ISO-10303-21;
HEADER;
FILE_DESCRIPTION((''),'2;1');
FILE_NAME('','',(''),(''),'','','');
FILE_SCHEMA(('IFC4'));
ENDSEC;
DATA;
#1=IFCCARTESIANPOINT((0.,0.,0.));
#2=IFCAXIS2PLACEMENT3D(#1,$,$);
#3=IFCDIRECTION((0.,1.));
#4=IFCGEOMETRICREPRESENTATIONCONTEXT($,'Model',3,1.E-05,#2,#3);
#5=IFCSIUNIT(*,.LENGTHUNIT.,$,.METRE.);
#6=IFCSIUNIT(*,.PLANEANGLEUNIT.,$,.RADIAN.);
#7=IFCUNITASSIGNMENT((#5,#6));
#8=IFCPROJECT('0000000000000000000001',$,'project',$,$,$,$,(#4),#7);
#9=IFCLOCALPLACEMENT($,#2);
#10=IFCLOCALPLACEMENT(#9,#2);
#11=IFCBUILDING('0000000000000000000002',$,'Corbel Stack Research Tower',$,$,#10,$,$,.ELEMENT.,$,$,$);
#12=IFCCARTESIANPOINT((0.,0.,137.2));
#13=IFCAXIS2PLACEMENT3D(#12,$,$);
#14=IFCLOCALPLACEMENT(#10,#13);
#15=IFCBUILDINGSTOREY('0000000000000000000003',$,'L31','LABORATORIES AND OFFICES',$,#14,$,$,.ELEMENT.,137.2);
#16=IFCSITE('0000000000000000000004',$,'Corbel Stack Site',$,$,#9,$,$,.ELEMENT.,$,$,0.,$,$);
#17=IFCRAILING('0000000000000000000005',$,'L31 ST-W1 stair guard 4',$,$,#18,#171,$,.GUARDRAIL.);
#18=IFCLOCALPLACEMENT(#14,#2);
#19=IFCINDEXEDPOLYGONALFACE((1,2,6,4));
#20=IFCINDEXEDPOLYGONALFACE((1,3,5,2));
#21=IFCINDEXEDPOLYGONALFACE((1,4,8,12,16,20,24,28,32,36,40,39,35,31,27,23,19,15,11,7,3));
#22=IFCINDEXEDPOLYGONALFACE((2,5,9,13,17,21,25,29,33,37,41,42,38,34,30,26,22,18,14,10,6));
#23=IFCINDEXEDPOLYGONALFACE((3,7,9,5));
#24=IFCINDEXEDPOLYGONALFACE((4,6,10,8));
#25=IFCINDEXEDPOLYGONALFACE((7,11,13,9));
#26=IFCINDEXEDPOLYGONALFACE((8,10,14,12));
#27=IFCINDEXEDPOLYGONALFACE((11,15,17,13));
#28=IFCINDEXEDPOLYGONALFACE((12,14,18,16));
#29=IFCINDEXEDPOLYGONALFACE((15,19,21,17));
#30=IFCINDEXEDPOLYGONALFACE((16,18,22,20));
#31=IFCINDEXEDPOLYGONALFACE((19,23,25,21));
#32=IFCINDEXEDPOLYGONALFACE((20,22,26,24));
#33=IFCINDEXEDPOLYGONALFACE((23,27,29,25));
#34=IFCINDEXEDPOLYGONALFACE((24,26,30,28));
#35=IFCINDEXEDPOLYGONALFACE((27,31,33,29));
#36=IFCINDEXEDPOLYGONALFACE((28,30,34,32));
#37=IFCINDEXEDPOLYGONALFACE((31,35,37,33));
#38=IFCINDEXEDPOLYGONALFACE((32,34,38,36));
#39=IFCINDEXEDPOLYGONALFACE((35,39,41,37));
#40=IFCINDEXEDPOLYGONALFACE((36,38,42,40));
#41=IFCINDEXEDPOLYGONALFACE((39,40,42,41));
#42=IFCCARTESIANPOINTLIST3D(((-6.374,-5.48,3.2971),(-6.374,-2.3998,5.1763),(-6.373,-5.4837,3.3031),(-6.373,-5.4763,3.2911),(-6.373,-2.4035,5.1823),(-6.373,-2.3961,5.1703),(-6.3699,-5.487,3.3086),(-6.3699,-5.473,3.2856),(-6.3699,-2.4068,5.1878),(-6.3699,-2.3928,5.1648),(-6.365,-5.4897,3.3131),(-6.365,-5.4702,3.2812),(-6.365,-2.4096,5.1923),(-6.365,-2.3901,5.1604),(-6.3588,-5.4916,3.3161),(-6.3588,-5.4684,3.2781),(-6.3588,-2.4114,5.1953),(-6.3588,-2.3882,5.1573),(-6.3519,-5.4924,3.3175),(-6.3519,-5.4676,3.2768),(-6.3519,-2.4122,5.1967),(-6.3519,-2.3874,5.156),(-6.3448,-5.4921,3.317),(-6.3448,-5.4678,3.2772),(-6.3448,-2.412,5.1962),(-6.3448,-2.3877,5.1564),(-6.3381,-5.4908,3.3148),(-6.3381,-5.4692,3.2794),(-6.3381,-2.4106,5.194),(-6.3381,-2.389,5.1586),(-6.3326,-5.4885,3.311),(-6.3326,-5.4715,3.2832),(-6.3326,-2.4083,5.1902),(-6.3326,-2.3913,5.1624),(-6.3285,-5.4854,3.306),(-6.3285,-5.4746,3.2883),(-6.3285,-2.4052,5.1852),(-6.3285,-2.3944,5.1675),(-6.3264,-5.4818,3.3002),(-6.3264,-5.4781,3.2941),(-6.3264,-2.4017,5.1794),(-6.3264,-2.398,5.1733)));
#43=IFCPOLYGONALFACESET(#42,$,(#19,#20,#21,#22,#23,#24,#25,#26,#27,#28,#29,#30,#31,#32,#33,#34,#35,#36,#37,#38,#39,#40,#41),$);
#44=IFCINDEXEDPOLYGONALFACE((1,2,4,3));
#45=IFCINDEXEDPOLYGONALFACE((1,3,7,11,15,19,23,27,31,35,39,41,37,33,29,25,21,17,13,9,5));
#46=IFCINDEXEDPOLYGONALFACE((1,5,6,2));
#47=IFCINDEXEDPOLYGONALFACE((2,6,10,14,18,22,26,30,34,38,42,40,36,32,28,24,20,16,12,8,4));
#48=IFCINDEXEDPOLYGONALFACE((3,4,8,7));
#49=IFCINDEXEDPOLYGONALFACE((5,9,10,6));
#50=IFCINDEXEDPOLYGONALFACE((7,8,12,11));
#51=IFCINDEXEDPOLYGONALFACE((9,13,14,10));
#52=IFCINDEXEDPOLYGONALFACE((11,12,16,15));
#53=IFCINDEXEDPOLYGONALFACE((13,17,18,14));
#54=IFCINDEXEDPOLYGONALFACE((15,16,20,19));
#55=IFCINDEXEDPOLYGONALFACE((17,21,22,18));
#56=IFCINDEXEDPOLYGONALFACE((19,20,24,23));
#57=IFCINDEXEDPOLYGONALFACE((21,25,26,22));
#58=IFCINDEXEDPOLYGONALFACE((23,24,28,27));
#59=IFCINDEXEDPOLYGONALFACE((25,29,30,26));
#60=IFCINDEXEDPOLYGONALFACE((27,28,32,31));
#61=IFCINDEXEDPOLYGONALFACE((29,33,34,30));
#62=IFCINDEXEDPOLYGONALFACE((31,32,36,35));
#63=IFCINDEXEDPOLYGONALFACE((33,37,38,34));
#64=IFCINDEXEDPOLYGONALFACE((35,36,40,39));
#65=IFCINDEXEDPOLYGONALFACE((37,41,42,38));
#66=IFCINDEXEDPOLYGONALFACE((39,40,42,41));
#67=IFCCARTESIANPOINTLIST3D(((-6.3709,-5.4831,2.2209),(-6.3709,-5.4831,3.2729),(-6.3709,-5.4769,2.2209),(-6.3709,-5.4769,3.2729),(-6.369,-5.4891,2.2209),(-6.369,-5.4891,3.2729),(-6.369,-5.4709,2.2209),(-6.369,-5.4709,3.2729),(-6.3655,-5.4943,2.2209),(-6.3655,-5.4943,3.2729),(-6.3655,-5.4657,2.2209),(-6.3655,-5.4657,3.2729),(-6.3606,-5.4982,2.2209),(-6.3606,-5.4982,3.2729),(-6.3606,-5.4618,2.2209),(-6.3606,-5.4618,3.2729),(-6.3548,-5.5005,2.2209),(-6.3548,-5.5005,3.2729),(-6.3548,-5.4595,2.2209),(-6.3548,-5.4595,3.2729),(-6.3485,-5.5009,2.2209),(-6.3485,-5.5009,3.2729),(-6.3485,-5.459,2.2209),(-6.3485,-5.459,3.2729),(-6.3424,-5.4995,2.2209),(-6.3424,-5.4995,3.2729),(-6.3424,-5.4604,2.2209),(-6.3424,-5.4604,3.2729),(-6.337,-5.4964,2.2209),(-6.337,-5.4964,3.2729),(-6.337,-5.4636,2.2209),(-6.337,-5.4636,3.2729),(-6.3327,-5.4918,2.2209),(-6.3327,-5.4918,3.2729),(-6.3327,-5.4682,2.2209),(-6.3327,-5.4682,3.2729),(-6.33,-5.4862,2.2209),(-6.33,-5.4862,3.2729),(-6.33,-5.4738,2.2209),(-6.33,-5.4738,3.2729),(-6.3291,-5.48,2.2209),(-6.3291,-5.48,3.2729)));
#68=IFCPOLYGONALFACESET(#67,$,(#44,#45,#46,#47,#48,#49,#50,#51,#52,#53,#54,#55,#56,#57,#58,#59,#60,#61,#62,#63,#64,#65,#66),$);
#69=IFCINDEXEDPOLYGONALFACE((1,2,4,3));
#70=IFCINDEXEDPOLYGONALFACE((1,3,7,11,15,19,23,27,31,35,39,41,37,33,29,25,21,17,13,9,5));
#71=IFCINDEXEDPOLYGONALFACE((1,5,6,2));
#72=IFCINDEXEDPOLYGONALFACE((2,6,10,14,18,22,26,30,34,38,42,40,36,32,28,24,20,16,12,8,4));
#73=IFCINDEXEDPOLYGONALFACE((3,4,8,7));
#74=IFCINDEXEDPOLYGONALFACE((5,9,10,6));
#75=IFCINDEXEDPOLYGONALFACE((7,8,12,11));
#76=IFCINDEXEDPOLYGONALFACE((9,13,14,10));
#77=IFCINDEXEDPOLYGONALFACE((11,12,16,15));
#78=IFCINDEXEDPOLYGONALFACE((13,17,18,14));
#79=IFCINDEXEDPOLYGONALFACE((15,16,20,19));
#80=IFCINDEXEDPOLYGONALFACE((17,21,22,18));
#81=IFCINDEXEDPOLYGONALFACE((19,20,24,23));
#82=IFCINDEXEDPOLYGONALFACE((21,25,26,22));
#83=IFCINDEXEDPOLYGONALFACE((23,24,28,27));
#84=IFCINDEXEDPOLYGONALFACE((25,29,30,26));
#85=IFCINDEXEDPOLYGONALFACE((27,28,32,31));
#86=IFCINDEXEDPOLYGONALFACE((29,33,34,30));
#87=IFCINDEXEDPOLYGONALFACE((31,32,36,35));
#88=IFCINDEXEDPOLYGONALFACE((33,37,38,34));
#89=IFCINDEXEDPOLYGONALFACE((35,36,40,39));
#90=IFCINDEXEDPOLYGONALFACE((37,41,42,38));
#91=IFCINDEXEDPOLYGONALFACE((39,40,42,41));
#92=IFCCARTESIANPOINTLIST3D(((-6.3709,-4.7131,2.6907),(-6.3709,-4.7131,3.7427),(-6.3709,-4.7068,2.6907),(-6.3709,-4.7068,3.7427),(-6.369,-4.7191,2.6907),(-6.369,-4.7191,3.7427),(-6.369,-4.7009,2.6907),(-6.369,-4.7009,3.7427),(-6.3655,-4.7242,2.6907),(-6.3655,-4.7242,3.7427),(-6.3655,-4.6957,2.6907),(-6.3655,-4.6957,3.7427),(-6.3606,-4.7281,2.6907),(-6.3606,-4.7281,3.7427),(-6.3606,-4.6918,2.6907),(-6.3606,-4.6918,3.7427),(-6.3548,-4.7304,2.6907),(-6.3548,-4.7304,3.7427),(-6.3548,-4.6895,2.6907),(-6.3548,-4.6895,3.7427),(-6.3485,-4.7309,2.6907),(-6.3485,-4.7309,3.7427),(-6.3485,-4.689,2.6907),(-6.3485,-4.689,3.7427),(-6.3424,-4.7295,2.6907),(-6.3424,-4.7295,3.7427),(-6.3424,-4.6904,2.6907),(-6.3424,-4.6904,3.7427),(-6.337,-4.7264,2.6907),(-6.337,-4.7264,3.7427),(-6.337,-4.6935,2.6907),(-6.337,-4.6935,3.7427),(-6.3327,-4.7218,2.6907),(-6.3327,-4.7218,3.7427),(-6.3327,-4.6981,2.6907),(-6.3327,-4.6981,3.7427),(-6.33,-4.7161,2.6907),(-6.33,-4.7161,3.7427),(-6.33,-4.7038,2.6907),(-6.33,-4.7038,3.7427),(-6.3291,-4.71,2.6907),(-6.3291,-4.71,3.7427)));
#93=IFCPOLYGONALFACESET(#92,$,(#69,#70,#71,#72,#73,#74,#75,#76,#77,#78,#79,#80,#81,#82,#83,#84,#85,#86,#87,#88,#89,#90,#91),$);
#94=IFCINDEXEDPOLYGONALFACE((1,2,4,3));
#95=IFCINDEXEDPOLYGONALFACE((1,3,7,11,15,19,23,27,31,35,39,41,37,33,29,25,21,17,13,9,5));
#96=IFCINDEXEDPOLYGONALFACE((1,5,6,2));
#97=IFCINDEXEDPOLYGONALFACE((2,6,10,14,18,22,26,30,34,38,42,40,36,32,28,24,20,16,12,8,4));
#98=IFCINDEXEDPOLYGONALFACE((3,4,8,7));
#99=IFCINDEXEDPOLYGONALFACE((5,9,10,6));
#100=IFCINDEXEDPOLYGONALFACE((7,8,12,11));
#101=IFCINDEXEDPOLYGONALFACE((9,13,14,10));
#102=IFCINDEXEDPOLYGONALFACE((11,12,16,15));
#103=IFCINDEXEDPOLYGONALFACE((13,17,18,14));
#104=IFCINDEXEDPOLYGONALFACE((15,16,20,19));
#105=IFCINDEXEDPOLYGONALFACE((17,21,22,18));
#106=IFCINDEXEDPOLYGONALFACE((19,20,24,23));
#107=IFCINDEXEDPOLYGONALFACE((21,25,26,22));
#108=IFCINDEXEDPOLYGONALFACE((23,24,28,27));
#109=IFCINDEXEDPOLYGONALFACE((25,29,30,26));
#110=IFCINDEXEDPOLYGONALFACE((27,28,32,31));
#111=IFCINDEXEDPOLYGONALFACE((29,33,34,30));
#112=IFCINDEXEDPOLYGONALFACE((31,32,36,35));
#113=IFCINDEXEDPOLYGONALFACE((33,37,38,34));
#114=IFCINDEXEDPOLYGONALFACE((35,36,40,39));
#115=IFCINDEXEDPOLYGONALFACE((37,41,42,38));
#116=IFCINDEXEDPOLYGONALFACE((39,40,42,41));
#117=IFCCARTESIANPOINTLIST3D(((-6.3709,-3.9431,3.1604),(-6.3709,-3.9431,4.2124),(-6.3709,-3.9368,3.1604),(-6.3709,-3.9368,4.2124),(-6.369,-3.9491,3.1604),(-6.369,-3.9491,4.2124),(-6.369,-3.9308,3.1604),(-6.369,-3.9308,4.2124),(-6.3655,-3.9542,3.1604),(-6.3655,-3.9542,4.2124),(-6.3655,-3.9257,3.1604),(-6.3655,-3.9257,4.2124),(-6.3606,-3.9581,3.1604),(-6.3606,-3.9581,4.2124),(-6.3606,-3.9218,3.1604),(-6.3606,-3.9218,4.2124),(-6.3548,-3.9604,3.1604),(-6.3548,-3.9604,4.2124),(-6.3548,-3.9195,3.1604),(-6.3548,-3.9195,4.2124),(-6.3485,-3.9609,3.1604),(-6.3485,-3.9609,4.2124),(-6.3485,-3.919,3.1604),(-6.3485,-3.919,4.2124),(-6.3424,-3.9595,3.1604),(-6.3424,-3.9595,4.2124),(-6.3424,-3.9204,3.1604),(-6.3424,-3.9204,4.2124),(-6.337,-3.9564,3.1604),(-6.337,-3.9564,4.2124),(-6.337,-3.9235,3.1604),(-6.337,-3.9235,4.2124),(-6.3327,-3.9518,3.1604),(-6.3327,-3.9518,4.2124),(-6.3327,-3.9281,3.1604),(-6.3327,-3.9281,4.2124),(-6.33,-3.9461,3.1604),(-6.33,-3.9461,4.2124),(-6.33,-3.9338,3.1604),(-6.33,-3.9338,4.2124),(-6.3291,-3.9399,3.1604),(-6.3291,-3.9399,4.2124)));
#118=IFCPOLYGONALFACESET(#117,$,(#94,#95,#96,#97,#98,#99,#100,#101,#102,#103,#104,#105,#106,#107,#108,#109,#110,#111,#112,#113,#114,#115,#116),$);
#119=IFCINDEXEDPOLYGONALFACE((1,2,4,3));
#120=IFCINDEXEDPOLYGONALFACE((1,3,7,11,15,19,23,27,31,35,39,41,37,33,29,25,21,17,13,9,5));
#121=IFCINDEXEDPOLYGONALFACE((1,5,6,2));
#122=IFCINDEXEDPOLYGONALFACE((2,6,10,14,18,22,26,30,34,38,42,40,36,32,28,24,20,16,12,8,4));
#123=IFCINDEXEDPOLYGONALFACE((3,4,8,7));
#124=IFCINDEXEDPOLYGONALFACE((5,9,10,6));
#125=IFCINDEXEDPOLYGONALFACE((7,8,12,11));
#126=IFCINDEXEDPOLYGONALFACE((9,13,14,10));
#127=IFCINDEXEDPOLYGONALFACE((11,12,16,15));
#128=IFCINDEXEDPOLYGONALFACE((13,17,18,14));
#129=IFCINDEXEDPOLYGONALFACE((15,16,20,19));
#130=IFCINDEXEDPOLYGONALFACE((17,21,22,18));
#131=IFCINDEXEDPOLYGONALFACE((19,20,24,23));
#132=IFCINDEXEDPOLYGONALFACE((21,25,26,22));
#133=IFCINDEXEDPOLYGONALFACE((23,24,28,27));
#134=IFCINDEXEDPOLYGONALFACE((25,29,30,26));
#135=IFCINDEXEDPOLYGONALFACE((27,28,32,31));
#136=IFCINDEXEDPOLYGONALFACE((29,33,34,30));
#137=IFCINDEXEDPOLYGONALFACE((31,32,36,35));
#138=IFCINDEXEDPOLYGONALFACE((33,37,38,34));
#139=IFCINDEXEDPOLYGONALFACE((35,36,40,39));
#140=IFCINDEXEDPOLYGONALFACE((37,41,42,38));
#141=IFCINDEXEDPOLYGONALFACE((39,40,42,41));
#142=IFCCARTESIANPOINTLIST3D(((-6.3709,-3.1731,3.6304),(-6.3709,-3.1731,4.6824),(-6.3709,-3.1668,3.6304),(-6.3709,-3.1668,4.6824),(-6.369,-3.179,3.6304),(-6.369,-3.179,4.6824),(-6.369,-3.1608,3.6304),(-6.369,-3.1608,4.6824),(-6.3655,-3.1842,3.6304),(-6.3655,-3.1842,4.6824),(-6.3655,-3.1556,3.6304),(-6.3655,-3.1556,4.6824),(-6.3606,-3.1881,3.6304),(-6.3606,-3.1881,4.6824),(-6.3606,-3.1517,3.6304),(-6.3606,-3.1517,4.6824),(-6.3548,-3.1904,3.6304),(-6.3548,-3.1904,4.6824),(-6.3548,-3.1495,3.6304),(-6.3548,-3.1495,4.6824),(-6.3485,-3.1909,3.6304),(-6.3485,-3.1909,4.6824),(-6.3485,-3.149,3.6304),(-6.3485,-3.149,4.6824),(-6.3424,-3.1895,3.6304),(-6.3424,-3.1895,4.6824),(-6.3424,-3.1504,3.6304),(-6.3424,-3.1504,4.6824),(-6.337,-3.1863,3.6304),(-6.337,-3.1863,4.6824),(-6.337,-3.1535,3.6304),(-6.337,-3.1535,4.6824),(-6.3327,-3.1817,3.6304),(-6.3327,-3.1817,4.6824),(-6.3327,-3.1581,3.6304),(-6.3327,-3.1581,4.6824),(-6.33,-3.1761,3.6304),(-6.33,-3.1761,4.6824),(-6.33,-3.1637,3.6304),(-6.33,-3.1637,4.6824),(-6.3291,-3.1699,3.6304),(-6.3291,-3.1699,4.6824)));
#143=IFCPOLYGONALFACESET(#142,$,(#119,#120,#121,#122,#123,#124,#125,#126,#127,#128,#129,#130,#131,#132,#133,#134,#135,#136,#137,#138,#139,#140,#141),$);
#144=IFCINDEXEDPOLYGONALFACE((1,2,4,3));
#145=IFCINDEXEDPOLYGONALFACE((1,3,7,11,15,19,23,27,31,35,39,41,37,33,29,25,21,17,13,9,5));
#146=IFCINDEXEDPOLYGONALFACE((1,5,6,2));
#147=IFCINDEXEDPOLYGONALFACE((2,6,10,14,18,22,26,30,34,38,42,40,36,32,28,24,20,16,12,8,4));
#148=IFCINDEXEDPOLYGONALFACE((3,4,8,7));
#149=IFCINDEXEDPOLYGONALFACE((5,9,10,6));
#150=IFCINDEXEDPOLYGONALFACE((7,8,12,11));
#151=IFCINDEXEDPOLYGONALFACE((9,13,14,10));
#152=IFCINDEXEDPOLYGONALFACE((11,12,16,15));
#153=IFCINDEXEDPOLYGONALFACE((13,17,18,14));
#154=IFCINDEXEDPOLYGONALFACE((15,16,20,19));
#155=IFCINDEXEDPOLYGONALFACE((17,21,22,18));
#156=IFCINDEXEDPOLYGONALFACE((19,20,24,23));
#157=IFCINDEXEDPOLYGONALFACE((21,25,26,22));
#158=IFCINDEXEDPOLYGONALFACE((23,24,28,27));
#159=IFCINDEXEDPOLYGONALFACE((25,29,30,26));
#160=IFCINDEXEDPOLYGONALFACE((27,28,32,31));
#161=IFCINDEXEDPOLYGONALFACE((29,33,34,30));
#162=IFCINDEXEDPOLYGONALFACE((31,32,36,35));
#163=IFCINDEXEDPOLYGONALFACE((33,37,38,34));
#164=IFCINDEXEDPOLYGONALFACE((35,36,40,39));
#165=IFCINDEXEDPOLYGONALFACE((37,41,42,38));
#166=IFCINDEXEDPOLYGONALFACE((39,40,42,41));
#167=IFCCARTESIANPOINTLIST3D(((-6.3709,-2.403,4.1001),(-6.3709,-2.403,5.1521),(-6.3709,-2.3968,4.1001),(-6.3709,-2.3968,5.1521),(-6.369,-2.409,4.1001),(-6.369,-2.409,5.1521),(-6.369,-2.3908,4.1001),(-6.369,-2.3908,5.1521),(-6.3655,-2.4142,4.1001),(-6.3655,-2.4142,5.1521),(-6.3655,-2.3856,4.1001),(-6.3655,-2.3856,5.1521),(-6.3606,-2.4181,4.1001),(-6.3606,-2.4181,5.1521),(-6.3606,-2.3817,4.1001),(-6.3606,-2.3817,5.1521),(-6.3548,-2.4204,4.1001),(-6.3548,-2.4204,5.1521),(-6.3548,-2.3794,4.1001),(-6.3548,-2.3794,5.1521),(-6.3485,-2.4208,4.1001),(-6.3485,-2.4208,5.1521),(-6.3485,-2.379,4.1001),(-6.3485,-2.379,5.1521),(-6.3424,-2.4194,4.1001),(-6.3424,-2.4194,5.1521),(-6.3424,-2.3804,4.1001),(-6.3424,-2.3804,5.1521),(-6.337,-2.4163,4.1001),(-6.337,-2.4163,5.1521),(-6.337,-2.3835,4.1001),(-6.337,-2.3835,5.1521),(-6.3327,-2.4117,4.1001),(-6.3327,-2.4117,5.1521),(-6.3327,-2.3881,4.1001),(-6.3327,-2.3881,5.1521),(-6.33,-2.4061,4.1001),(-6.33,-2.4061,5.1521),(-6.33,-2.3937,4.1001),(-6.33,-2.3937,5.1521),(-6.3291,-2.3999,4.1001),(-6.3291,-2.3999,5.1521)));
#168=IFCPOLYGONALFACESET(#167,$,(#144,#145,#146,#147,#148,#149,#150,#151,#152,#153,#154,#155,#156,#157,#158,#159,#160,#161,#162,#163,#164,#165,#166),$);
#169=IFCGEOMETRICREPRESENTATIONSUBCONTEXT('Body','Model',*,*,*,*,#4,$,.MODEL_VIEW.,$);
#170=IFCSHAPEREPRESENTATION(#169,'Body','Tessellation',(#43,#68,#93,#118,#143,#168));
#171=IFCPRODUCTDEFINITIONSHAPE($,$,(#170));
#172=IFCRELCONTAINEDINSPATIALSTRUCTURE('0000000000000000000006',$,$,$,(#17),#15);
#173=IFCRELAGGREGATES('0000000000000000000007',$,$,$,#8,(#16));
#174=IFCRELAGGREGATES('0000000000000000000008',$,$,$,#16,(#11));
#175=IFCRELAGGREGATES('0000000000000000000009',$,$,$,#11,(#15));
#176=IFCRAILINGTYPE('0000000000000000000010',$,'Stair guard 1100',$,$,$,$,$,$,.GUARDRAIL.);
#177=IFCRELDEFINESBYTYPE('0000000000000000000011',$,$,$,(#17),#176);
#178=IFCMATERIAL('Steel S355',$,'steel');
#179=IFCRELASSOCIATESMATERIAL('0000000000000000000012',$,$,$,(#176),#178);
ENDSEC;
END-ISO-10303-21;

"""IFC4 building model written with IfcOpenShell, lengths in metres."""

from ifc_helpers import new_model, si_unit, direction, frame, origin, origin_2d, place, context, subcontext, project, spatial, circle, extrude, material, type_object, element, save


model = new_model("IFC4")

# Units and contexts
model_context = context("Model", 3, precision=1e-05, world=origin(), true_north=direction((0.0, 1.0)))
body_context = subcontext(model_context, "Body", "Model", "MODEL_VIEW")
ifc_project = project(units=[si_unit("LENGTHUNIT", "METRE"), si_unit("PLANEANGLEUNIT", "RADIAN")], contexts=[model_context])

# Site, building, storey
site_placement = place(None, origin())
site = spatial("IfcSite", under=ifc_project, at=site_placement, Name="Corbel Stack Site", CompositionType="ELEMENT", RefElevation=0.0)
building_placement = place(site_placement, origin())
building = spatial("IfcBuilding", under=site, at=building_placement, Name="Corbel Stack Research Tower", CompositionType="ELEMENT")
storey_placement = place(building_placement, frame((0.0, 0.0, 137.2)))
storey = spatial("IfcBuildingStorey", under=building, at=storey_placement, Name="L31", Description="LABORATORIES AND OFFICES", CompositionType="ELEMENT", Elevation=137.2)

# Railing
ifc_material_1 = material(Name="Steel S355", Category="steel")
railing_type_1 = type_object("IfcRailingType", Name="Stair guard 1100", PredefinedType="GUARDRAIL", material=ifc_material_1)
railing_1_placement = place(storey_placement, frame((-6.3501, -5.48, 2.2209)))
element("IfcRailing", 1, at=railing_1_placement, inside=storey, type_object=railing_type_1, Name="L31 ST-W1 stair guard 4", PredefinedType="GUARDRAIL", context=body_context, shape_type="SweptSolid", body=[
    extrude(circle(Radius=0.0239, at=origin_2d()), frame((0.0, 0.0, 1.0762), z_axis=(0.0, 0.853666, 0.52082), x_axis=(-1.0, 0.0, 0.0)), (0.0, 0.0, 1.0), 3.6082),
    extrude(circle(Radius=0.021, at=origin_2d()), origin(), (0.0, 0.0, 1.0), 1.052),
    extrude(circle(Radius=0.021, at=origin_2d()), frame((0.0, 0.77, 0.4697)), (0.0, 0.0, 1.0), 1.052),
    extrude(circle(Radius=0.021, at=origin_2d()), frame((0.0, 1.54, 0.9395)), (0.0, 0.0, 1.0), 1.052),
    extrude(circle(Radius=0.021, at=origin_2d()), frame((0.0, 2.3101, 1.4094)), (0.0, 0.0, 1.0), 1.052),
    extrude(circle(Radius=0.021, at=origin_2d()), frame((0.0, 3.0801, 1.8792)), (0.0, 0.0, 1.0), 1.052),
])

save(model, "model.ifc")
